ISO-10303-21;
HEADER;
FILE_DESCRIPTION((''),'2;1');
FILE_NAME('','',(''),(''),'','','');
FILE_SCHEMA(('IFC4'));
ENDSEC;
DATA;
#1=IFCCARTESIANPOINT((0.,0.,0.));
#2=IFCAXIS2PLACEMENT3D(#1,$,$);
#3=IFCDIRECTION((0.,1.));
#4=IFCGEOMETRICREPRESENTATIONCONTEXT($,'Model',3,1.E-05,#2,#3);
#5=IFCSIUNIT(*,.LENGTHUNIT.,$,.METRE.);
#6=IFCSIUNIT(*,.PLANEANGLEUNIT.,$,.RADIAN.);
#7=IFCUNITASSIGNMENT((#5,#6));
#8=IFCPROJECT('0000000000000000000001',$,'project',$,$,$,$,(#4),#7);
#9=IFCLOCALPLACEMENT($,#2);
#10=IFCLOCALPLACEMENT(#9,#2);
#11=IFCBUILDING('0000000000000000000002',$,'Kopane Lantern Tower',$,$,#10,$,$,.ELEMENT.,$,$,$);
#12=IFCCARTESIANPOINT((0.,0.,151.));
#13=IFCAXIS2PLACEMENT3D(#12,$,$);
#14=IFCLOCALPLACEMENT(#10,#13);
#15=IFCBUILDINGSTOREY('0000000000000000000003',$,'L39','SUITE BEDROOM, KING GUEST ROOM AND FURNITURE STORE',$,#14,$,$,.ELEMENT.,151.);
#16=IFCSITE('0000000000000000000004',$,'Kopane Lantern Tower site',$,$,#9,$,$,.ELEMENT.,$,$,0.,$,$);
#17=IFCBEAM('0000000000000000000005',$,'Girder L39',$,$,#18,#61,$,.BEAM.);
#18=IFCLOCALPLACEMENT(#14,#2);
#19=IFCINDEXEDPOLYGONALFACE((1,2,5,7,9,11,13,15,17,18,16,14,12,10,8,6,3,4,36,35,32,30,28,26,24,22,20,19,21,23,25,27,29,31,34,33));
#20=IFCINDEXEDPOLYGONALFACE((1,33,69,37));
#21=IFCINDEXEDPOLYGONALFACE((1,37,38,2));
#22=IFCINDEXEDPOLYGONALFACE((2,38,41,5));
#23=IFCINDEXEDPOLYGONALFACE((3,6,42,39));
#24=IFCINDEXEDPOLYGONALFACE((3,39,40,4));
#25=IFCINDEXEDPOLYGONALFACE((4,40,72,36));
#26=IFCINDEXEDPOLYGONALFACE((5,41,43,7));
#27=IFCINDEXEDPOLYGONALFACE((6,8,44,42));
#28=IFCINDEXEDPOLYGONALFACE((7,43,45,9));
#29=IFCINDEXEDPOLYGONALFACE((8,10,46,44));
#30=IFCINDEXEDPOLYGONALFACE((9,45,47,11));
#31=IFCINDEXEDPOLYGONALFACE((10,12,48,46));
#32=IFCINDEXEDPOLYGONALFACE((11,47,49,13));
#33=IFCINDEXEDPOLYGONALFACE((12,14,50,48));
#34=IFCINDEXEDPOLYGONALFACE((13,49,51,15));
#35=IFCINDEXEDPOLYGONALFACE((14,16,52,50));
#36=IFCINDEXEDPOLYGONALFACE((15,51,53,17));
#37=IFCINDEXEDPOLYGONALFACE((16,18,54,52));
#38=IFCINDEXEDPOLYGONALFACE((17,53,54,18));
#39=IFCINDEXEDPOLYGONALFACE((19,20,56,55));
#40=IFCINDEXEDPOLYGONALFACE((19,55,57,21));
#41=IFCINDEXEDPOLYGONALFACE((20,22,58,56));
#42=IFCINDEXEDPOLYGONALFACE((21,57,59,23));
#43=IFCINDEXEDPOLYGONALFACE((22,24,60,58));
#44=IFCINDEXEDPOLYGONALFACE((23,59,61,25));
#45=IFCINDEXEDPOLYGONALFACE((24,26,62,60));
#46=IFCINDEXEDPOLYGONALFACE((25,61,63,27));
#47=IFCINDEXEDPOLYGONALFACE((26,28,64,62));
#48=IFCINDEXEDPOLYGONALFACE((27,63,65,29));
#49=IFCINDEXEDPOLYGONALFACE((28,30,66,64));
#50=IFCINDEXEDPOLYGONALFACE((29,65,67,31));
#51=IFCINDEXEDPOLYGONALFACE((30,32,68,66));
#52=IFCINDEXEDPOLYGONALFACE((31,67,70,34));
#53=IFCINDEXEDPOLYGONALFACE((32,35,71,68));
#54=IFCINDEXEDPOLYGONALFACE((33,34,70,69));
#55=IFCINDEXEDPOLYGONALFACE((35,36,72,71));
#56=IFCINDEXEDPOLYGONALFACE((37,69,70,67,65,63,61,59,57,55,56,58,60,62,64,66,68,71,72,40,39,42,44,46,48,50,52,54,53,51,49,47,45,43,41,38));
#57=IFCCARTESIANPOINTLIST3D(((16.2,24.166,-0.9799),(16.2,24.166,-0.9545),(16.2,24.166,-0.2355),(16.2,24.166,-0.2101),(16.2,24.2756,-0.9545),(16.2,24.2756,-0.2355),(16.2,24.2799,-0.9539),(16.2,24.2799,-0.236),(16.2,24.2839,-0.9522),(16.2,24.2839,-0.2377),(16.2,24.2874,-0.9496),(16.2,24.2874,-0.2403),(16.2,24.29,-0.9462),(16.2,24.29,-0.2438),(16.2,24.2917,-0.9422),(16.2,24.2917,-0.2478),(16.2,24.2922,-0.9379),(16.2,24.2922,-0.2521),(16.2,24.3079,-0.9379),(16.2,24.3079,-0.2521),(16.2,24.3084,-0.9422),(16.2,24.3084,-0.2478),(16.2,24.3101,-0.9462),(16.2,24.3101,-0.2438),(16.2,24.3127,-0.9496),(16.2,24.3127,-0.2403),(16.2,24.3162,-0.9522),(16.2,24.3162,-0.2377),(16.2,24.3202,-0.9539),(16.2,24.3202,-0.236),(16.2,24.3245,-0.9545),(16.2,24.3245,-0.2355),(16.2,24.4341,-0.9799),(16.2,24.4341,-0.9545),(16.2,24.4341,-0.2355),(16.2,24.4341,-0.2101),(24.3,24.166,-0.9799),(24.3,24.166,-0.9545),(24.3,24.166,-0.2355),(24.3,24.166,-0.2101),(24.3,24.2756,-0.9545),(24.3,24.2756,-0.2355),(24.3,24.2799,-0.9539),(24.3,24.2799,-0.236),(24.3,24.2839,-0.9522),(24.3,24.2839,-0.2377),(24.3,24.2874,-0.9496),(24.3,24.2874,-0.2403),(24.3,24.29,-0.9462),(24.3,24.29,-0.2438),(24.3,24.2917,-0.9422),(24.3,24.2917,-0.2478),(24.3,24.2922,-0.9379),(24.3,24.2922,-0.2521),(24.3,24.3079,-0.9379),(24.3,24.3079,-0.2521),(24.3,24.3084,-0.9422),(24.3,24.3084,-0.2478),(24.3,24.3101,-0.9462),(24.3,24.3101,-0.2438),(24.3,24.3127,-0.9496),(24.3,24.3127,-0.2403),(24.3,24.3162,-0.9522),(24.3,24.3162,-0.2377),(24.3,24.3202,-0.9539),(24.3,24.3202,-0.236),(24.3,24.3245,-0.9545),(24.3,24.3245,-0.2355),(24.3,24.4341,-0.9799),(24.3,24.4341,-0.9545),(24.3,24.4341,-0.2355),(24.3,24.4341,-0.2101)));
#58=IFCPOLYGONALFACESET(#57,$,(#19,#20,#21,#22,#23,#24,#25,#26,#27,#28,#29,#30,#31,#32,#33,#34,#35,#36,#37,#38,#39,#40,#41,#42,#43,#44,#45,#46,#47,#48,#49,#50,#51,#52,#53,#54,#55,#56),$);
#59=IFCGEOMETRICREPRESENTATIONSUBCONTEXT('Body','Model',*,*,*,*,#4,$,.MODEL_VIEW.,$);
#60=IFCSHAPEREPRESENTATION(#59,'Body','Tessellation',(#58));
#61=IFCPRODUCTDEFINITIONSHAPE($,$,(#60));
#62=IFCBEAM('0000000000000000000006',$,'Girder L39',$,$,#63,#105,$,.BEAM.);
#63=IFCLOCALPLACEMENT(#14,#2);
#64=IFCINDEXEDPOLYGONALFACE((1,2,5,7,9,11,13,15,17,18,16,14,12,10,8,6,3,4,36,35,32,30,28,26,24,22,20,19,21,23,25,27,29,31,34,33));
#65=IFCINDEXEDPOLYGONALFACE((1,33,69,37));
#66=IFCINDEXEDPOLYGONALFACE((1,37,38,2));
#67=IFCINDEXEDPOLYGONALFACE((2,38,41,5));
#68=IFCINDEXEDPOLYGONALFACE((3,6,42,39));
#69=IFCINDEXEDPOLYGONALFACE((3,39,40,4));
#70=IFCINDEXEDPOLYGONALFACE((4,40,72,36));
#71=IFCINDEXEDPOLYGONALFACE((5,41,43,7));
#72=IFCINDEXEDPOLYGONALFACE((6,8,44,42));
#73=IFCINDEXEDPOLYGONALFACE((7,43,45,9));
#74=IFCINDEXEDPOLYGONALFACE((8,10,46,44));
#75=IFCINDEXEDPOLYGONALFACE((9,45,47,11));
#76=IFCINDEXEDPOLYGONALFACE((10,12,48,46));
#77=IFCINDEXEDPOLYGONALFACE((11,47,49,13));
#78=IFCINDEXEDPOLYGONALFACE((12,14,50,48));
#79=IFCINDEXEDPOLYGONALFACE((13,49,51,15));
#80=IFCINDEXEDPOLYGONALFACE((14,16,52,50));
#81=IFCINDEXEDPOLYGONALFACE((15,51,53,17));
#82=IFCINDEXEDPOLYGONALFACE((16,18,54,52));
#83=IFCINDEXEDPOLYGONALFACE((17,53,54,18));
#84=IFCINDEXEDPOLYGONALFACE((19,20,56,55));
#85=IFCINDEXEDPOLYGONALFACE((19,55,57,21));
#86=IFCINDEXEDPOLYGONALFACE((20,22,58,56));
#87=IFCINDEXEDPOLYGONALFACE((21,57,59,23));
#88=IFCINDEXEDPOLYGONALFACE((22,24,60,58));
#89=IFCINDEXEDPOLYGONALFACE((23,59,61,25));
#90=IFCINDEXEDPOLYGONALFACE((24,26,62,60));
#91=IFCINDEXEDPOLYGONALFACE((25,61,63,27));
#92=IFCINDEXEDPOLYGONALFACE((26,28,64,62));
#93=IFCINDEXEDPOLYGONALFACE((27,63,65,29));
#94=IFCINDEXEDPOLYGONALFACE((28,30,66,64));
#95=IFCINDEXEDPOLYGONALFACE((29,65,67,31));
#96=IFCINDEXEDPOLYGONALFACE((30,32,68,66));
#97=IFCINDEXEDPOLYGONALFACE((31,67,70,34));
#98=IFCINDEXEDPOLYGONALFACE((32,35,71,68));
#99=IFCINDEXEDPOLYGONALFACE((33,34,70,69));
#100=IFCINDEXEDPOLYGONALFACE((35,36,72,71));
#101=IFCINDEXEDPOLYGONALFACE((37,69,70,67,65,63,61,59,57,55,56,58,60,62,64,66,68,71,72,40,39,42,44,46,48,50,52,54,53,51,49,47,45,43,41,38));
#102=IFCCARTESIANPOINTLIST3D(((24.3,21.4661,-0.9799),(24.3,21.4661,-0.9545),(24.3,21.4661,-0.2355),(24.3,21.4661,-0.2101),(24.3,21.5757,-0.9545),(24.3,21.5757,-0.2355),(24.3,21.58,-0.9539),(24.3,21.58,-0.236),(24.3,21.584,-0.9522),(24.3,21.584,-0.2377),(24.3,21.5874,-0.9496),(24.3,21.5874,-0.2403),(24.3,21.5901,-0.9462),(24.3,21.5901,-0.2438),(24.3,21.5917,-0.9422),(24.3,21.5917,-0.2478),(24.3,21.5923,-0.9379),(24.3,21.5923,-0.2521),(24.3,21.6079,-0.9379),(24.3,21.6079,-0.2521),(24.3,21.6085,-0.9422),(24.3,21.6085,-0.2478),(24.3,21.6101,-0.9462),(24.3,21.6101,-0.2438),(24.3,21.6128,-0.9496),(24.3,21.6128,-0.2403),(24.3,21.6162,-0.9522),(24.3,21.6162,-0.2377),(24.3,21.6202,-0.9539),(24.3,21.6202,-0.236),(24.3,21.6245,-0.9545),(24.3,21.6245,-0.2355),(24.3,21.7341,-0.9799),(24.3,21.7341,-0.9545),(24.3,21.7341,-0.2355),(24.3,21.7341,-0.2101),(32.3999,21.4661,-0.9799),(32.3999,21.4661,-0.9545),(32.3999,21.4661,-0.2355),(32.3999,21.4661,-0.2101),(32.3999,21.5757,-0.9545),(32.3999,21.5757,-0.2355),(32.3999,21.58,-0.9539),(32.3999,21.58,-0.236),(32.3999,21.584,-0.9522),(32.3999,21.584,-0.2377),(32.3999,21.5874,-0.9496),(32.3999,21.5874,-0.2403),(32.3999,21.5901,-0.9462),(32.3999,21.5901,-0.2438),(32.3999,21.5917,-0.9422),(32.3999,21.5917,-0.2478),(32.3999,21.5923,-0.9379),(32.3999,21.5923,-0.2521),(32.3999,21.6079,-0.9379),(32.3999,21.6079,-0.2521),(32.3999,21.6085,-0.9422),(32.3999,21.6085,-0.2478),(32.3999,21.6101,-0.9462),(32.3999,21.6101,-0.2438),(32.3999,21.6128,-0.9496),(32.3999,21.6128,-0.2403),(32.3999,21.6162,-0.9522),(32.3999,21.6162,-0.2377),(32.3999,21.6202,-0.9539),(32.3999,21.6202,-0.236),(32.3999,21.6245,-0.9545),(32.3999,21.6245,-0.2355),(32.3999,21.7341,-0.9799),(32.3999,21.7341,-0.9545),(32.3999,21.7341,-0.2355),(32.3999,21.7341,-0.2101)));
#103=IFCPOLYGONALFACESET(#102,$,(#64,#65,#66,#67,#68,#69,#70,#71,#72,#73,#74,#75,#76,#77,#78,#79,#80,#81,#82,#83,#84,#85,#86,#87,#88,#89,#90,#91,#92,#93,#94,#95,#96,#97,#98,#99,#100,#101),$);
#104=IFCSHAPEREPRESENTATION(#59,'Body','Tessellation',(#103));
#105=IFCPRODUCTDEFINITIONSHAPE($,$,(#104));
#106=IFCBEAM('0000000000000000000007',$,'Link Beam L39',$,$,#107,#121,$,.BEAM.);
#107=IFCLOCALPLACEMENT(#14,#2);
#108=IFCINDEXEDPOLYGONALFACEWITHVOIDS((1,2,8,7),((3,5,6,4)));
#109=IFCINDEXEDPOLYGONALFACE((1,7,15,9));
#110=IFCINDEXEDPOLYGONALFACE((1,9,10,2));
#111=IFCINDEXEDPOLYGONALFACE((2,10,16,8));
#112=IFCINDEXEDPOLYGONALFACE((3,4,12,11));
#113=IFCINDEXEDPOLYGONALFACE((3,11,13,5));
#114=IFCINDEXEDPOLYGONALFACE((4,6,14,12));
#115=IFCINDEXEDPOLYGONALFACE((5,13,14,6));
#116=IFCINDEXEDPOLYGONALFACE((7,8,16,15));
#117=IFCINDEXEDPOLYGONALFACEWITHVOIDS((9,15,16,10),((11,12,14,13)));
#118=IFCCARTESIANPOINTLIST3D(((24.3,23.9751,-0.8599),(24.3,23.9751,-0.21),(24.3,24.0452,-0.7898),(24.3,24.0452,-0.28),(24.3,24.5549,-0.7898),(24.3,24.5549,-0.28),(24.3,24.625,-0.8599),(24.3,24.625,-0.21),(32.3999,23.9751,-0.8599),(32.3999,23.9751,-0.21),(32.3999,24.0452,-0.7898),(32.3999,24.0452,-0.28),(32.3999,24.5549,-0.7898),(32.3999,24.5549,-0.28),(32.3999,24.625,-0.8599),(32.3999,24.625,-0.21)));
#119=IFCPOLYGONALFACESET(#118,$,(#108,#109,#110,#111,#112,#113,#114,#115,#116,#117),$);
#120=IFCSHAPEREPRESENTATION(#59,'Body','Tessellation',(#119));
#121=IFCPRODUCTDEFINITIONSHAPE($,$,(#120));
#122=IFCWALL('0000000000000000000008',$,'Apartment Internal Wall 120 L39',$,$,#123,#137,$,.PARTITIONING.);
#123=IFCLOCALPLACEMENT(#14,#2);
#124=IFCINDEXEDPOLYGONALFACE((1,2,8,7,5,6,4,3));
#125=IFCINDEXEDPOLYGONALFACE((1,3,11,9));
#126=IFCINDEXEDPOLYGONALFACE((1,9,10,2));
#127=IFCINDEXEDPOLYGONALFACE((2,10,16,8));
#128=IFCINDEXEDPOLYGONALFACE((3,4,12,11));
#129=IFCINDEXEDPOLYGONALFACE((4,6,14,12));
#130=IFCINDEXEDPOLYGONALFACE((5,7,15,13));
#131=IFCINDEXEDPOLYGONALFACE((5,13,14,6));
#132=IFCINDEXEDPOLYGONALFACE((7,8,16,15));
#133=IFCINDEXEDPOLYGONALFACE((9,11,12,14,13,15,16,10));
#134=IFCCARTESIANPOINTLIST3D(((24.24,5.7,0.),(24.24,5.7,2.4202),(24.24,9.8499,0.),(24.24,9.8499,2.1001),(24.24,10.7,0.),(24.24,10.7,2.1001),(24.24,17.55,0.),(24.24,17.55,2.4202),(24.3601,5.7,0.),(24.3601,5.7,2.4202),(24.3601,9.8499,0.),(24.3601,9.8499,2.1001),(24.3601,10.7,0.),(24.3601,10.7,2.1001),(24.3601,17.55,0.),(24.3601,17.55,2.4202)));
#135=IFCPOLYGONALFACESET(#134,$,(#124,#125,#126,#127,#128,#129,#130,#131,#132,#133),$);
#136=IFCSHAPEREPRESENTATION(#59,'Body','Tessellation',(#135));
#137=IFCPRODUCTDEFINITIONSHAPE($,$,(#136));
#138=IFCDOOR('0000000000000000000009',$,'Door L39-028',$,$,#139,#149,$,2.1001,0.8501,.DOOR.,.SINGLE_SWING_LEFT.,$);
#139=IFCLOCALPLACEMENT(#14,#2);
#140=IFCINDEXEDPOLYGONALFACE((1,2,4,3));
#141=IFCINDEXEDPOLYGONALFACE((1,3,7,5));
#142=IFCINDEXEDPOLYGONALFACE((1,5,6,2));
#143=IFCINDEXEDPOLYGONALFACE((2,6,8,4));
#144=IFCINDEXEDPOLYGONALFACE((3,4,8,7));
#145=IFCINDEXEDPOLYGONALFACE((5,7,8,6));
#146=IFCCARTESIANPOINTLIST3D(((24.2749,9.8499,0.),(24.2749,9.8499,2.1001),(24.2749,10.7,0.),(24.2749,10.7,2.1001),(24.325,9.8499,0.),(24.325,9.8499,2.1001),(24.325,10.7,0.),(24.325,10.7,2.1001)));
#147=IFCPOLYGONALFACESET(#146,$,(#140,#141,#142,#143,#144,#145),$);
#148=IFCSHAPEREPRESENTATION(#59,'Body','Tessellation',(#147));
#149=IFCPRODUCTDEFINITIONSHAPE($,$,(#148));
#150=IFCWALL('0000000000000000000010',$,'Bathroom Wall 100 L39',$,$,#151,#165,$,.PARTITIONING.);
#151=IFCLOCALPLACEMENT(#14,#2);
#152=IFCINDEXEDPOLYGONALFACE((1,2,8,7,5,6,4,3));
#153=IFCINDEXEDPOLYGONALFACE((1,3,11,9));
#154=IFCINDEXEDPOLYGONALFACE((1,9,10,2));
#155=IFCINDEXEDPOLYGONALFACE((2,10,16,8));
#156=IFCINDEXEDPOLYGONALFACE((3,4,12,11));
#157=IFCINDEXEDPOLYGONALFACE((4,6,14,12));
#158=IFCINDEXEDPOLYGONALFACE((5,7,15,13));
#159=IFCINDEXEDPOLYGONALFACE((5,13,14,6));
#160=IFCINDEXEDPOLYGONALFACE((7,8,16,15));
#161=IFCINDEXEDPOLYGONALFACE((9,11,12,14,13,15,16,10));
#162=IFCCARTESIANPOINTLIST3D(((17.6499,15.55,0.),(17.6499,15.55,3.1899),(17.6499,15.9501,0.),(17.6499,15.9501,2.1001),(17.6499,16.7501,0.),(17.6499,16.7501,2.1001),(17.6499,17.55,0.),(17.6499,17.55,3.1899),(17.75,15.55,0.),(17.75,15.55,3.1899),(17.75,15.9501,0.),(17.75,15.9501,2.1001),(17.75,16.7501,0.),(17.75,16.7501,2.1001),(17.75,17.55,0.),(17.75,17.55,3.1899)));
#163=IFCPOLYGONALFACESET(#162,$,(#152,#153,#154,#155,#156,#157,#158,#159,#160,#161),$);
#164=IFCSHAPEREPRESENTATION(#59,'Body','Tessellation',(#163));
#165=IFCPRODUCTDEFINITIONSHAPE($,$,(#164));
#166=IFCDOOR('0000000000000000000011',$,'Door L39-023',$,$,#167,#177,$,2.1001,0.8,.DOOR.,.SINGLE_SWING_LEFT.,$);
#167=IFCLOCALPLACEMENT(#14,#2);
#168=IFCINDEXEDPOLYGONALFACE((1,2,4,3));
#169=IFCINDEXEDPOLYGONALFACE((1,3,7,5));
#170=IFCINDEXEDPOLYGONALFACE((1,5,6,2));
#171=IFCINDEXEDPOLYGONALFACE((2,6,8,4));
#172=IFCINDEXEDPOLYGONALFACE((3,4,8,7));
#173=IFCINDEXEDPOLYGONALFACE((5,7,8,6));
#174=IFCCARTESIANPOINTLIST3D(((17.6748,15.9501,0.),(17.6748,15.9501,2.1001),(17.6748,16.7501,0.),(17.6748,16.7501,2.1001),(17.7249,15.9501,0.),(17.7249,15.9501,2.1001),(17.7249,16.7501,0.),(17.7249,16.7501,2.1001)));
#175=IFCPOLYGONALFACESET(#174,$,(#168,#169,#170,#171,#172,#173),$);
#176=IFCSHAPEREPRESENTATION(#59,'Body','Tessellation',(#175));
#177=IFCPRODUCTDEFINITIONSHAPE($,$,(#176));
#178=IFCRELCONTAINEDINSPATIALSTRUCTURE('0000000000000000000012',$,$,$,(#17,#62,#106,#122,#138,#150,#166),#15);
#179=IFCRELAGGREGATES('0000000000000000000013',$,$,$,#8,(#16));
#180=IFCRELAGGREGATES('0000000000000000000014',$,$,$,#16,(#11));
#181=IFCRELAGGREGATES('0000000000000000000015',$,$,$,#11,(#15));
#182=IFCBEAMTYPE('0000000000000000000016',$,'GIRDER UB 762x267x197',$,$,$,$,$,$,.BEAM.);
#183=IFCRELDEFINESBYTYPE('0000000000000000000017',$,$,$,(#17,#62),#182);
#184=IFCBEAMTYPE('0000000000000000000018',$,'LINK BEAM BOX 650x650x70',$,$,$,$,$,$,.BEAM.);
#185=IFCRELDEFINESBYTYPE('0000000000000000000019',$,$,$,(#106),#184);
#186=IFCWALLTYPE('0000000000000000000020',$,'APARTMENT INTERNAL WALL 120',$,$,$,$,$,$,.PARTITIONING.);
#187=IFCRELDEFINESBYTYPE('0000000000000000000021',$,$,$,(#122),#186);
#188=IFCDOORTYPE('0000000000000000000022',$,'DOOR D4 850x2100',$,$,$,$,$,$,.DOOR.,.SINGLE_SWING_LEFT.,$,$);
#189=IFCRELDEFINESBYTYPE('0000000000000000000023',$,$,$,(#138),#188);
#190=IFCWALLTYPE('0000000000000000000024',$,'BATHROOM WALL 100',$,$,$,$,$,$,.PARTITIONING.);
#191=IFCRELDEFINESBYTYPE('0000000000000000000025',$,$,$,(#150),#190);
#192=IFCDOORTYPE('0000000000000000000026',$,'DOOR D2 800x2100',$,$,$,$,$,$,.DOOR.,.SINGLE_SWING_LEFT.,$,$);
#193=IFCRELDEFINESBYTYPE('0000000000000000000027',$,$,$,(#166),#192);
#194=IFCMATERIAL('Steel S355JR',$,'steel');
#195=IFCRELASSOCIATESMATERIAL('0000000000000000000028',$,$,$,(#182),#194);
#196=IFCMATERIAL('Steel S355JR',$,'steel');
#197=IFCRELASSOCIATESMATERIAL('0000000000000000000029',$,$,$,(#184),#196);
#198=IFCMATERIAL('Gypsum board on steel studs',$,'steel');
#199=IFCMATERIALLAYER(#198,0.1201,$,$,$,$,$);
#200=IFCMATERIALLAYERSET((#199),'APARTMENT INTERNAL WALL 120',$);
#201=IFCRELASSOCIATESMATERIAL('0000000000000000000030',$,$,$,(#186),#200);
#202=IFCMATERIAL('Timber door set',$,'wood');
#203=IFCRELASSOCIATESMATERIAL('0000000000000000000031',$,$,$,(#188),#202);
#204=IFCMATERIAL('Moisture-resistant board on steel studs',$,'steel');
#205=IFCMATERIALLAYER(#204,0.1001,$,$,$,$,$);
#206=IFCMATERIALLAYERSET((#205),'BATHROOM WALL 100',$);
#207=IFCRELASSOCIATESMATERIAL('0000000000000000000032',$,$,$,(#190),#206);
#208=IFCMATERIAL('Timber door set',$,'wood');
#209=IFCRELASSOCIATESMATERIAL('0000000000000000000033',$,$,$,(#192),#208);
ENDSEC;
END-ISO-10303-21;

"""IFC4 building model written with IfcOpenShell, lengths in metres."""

from ifc_helpers import new_model, si_unit, direction, frame, frame_2d, origin, origin_2d, place, context, subcontext, project, spatial, rectangle, hollow_rectangle, i_section, extrude, material, layer, layer_set, material_profile, profile_set, type_object, element, fill, save


model = new_model("IFC4")

# Units and contexts
model_context = context("Model", 3, precision=1e-05, world=origin(), true_north=direction((0.0, 1.0)))
body_context = subcontext(model_context, "Body", "Model", "MODEL_VIEW")
ifc_project = project(units=[si_unit("LENGTHUNIT", "METRE"), si_unit("PLANEANGLEUNIT", "RADIAN")], contexts=[model_context])

# Site, building, storey
site_placement = place(None, origin())
site = spatial("IfcSite", under=ifc_project, at=site_placement, Name="Kopane Lantern Tower site", CompositionType="ELEMENT", RefElevation=0.0)
building_placement = place(site_placement, origin())
building = spatial("IfcBuilding", under=site, at=building_placement, Name="Kopane Lantern Tower", CompositionType="ELEMENT")
storey_placement = place(building_placement, frame((0.0, 0.0, 151.0)))
storey = spatial("IfcBuildingStorey", under=building, at=storey_placement, Name="L39", Description="SUITE BEDROOM, KING GUEST ROOM AND FURNITURE STORE", CompositionType="ELEMENT", Elevation=151.0)

# Beams
ifc_material_1 = material(Name="Steel S355JR", Category="steel")
ifc_material_profile_1 = material_profile(ifc_material_1, i_section(OverallWidth=0.2681, OverallDepth=0.7698, WebThickness=0.0156, FlangeThickness=0.0254, FilletRadius=0.0166, at=origin_2d()), Name="UB 762x267x197")
ifc_profile_set_1 = profile_set([ifc_material_profile_1], Name="Steel S355JR")
beam_type_1 = type_object("IfcBeamType", Name="GIRDER UB 762x267x197", PredefinedType="BEAM", material=ifc_profile_set_1)
beam_1_placement = place(storey_placement, frame((16.2, 24.3, -0.595), z_axis=(1.0, 0.0, 0.0), x_axis=(0.0, 1.0, 0.0)))
element("IfcBeam", 1, at=beam_1_placement, inside=storey, type_object=beam_type_1, Name="Girder L39", PredefinedType="BEAM", context=body_context, shape_type="SweptSolid", body=[
    extrude(i_section(OverallWidth=0.2681, OverallDepth=0.7698, WebThickness=0.0156, FlangeThickness=0.0254, FilletRadius=0.0166, at=origin_2d()), origin(), (0.0, 0.0, 1.0), 8.1001),
])
beam_2_placement = place(storey_placement, frame((24.3, 21.6001, -0.595), z_axis=(1.0, 0.0, 0.0), x_axis=(0.0, 1.0, 0.0)))
element("IfcBeam", 2, at=beam_2_placement, inside=storey, type_object=beam_type_1, Name="Girder L39", PredefinedType="BEAM", context=body_context, shape_type="SweptSolid", body=[
    extrude(i_section(OverallWidth=0.2681, OverallDepth=0.7698, WebThickness=0.0156, FlangeThickness=0.0254, FilletRadius=0.0166, at=origin_2d()), origin(), (0.0, 0.0, 1.0), 8.0999),
])
ifc_material_2 = material(Name="Steel S355JR", Category="steel")
ifc_material_profile_2 = material_profile(ifc_material_2, hollow_rectangle(XDim=0.6499, YDim=0.6499, WallThickness=0.0701, at=origin_2d()), Name="BOX 650x650x70")
ifc_profile_set_2 = profile_set([ifc_material_profile_2], Name="Steel S355JR")
beam_type_2 = type_object("IfcBeamType", Name="LINK BEAM BOX 650x650x70", PredefinedType="BEAM", material=ifc_profile_set_2)
beam_3_placement = place(storey_placement, frame((24.3, 24.3, -0.5349), z_axis=(1.0, 0.0, 0.0), x_axis=(0.0, 1.0, 0.0)))
element("IfcBeam", 3, at=beam_3_placement, inside=storey, type_object=beam_type_2, Name="Link Beam L39", PredefinedType="BEAM", context=body_context, shape_type="SweptSolid", body=[
    extrude(hollow_rectangle(XDim=0.6499, YDim=0.6499, WallThickness=0.0701, at=origin_2d()), origin(), (0.0, 0.0, 1.0), 8.0999),
])

# Walls, openings, doors
ifc_material_3 = material(Name="Gypsum board on steel studs", Category="steel")
ifc_layer_1 = layer(ifc_material_3, 0.1201)
ifc_layer_set_1 = layer_set([ifc_layer_1], Name="APARTMENT INTERNAL WALL 120")
wall_type_1 = type_object("IfcWallType", Name="APARTMENT INTERNAL WALL 120", PredefinedType="PARTITIONING", material=ifc_layer_set_1)
wall_1_placement = place(storey_placement, frame((24.3, 17.55, 0.0), z_axis=(0.0, 0.0, 1.0), x_axis=(0.0, -1.0, 0.0)))
wall_1 = element("IfcWall", 4, at=wall_1_placement, inside=storey, type_object=wall_type_1, Name="Apartment Internal Wall 120 L39", PredefinedType="PARTITIONING", context=body_context, shape_type="SweptSolid", body=[
    extrude(rectangle(XDim=11.8501, YDim=0.1201, at=frame_2d((5.925, 0.0))), origin(), (0.0, 0.0, 1.0), 2.4202),
])
opening_1_placement = place(wall_1_placement, frame((6.8501, 0.0, 0.0)))
opening_1 = element("IfcOpeningElement", 5, at=opening_1_placement, cuts=wall_1, PredefinedType="OPENING", context=body_context, shape_type="SweptSolid", body=[
    extrude(rectangle(XDim=0.8501, YDim=2.1001, at=frame_2d((0.425, 1.05))), frame((0.0, 0.0701, 0.0), z_axis=(0.0, -1.0, 0.0), x_axis=(1.0, 0.0, 0.0)), (0.0, 0.0, 1.0), 0.1401),
])
ifc_material_4 = material(Name="Timber door set", Category="wood")
door_type_1 = type_object("IfcDoorType", Name="DOOR D4 850x2100", OperationType="SINGLE_SWING_LEFT", PredefinedType="DOOR", material=ifc_material_4)
door_1_placement = place(opening_1_placement, origin())
door_1 = element("IfcDoor", 6, at=door_1_placement, inside=storey, type_object=door_type_1, Name="Door L39-028", OperationType="SINGLE_SWING_LEFT", OverallHeight=2.1001, OverallWidth=0.8501, PredefinedType="DOOR", context=body_context, shape_type="SweptSolid", body=[
    extrude(rectangle(XDim=0.8501, YDim=2.1001, at=frame_2d((0.425, 1.05))), frame((0.0, 0.0249, 0.0), z_axis=(0.0, -1.0, 0.0), x_axis=(1.0, 0.0, 0.0)), (0.0, 0.0, 1.0), 0.05),
])
fill(opening_1, door_1)
ifc_material_5 = material(Name="Moisture-resistant board on steel studs", Category="steel")
ifc_layer_2 = layer(ifc_material_5, 0.1001)
ifc_layer_set_2 = layer_set([ifc_layer_2], Name="BATHROOM WALL 100")
wall_type_2 = type_object("IfcWallType", Name="BATHROOM WALL 100", PredefinedType="PARTITIONING", material=ifc_layer_set_2)
wall_2_placement = place(storey_placement, frame((17.7, 17.55, 0.0), z_axis=(0.0, 0.0, 1.0), x_axis=(0.0, -1.0, 0.0)))
wall_2 = element("IfcWall", 7, at=wall_2_placement, inside=storey, type_object=wall_type_2, Name="Bathroom Wall 100 L39", PredefinedType="PARTITIONING", context=body_context, shape_type="SweptSolid", body=[
    extrude(rectangle(XDim=2.0, YDim=0.1001, at=frame_2d((1.0, 0.0))), origin(), (0.0, 0.0, 1.0), 3.1899),
])
opening_2_placement = place(wall_2_placement, frame((0.8, 0.0, 0.0)))
opening_2 = element("IfcOpeningElement", 8, at=opening_2_placement, cuts=wall_2, PredefinedType="OPENING", context=body_context, shape_type="SweptSolid", body=[
    extrude(rectangle(XDim=0.8, YDim=2.1001, at=frame_2d((0.3999, 1.05))), frame((0.0, 0.0601, 0.0), z_axis=(0.0, -1.0, 0.0), x_axis=(1.0, 0.0, 0.0)), (0.0, 0.0, 1.0), 0.1201),
])
ifc_material_6 = material(Name="Timber door set", Category="wood")
door_type_2 = type_object("IfcDoorType", Name="DOOR D2 800x2100", OperationType="SINGLE_SWING_LEFT", PredefinedType="DOOR", material=ifc_material_6)
door_2_placement = place(opening_2_placement, origin())
door_2 = element("IfcDoor", 9, at=door_2_placement, inside=storey, type_object=door_type_2, Name="Door L39-023", OperationType="SINGLE_SWING_LEFT", OverallHeight=2.1001, OverallWidth=0.8, PredefinedType="DOOR", context=body_context, shape_type="SweptSolid", body=[
    extrude(rectangle(XDim=0.8, YDim=2.1001, at=frame_2d((0.3999, 1.05))), frame((0.0, 0.0249, 0.0), z_axis=(0.0, -1.0, 0.0), x_axis=(1.0, 0.0, 0.0)), (0.0, 0.0, 1.0), 0.05),
])
fill(opening_2, door_2)

save(model, "model.ifc")
